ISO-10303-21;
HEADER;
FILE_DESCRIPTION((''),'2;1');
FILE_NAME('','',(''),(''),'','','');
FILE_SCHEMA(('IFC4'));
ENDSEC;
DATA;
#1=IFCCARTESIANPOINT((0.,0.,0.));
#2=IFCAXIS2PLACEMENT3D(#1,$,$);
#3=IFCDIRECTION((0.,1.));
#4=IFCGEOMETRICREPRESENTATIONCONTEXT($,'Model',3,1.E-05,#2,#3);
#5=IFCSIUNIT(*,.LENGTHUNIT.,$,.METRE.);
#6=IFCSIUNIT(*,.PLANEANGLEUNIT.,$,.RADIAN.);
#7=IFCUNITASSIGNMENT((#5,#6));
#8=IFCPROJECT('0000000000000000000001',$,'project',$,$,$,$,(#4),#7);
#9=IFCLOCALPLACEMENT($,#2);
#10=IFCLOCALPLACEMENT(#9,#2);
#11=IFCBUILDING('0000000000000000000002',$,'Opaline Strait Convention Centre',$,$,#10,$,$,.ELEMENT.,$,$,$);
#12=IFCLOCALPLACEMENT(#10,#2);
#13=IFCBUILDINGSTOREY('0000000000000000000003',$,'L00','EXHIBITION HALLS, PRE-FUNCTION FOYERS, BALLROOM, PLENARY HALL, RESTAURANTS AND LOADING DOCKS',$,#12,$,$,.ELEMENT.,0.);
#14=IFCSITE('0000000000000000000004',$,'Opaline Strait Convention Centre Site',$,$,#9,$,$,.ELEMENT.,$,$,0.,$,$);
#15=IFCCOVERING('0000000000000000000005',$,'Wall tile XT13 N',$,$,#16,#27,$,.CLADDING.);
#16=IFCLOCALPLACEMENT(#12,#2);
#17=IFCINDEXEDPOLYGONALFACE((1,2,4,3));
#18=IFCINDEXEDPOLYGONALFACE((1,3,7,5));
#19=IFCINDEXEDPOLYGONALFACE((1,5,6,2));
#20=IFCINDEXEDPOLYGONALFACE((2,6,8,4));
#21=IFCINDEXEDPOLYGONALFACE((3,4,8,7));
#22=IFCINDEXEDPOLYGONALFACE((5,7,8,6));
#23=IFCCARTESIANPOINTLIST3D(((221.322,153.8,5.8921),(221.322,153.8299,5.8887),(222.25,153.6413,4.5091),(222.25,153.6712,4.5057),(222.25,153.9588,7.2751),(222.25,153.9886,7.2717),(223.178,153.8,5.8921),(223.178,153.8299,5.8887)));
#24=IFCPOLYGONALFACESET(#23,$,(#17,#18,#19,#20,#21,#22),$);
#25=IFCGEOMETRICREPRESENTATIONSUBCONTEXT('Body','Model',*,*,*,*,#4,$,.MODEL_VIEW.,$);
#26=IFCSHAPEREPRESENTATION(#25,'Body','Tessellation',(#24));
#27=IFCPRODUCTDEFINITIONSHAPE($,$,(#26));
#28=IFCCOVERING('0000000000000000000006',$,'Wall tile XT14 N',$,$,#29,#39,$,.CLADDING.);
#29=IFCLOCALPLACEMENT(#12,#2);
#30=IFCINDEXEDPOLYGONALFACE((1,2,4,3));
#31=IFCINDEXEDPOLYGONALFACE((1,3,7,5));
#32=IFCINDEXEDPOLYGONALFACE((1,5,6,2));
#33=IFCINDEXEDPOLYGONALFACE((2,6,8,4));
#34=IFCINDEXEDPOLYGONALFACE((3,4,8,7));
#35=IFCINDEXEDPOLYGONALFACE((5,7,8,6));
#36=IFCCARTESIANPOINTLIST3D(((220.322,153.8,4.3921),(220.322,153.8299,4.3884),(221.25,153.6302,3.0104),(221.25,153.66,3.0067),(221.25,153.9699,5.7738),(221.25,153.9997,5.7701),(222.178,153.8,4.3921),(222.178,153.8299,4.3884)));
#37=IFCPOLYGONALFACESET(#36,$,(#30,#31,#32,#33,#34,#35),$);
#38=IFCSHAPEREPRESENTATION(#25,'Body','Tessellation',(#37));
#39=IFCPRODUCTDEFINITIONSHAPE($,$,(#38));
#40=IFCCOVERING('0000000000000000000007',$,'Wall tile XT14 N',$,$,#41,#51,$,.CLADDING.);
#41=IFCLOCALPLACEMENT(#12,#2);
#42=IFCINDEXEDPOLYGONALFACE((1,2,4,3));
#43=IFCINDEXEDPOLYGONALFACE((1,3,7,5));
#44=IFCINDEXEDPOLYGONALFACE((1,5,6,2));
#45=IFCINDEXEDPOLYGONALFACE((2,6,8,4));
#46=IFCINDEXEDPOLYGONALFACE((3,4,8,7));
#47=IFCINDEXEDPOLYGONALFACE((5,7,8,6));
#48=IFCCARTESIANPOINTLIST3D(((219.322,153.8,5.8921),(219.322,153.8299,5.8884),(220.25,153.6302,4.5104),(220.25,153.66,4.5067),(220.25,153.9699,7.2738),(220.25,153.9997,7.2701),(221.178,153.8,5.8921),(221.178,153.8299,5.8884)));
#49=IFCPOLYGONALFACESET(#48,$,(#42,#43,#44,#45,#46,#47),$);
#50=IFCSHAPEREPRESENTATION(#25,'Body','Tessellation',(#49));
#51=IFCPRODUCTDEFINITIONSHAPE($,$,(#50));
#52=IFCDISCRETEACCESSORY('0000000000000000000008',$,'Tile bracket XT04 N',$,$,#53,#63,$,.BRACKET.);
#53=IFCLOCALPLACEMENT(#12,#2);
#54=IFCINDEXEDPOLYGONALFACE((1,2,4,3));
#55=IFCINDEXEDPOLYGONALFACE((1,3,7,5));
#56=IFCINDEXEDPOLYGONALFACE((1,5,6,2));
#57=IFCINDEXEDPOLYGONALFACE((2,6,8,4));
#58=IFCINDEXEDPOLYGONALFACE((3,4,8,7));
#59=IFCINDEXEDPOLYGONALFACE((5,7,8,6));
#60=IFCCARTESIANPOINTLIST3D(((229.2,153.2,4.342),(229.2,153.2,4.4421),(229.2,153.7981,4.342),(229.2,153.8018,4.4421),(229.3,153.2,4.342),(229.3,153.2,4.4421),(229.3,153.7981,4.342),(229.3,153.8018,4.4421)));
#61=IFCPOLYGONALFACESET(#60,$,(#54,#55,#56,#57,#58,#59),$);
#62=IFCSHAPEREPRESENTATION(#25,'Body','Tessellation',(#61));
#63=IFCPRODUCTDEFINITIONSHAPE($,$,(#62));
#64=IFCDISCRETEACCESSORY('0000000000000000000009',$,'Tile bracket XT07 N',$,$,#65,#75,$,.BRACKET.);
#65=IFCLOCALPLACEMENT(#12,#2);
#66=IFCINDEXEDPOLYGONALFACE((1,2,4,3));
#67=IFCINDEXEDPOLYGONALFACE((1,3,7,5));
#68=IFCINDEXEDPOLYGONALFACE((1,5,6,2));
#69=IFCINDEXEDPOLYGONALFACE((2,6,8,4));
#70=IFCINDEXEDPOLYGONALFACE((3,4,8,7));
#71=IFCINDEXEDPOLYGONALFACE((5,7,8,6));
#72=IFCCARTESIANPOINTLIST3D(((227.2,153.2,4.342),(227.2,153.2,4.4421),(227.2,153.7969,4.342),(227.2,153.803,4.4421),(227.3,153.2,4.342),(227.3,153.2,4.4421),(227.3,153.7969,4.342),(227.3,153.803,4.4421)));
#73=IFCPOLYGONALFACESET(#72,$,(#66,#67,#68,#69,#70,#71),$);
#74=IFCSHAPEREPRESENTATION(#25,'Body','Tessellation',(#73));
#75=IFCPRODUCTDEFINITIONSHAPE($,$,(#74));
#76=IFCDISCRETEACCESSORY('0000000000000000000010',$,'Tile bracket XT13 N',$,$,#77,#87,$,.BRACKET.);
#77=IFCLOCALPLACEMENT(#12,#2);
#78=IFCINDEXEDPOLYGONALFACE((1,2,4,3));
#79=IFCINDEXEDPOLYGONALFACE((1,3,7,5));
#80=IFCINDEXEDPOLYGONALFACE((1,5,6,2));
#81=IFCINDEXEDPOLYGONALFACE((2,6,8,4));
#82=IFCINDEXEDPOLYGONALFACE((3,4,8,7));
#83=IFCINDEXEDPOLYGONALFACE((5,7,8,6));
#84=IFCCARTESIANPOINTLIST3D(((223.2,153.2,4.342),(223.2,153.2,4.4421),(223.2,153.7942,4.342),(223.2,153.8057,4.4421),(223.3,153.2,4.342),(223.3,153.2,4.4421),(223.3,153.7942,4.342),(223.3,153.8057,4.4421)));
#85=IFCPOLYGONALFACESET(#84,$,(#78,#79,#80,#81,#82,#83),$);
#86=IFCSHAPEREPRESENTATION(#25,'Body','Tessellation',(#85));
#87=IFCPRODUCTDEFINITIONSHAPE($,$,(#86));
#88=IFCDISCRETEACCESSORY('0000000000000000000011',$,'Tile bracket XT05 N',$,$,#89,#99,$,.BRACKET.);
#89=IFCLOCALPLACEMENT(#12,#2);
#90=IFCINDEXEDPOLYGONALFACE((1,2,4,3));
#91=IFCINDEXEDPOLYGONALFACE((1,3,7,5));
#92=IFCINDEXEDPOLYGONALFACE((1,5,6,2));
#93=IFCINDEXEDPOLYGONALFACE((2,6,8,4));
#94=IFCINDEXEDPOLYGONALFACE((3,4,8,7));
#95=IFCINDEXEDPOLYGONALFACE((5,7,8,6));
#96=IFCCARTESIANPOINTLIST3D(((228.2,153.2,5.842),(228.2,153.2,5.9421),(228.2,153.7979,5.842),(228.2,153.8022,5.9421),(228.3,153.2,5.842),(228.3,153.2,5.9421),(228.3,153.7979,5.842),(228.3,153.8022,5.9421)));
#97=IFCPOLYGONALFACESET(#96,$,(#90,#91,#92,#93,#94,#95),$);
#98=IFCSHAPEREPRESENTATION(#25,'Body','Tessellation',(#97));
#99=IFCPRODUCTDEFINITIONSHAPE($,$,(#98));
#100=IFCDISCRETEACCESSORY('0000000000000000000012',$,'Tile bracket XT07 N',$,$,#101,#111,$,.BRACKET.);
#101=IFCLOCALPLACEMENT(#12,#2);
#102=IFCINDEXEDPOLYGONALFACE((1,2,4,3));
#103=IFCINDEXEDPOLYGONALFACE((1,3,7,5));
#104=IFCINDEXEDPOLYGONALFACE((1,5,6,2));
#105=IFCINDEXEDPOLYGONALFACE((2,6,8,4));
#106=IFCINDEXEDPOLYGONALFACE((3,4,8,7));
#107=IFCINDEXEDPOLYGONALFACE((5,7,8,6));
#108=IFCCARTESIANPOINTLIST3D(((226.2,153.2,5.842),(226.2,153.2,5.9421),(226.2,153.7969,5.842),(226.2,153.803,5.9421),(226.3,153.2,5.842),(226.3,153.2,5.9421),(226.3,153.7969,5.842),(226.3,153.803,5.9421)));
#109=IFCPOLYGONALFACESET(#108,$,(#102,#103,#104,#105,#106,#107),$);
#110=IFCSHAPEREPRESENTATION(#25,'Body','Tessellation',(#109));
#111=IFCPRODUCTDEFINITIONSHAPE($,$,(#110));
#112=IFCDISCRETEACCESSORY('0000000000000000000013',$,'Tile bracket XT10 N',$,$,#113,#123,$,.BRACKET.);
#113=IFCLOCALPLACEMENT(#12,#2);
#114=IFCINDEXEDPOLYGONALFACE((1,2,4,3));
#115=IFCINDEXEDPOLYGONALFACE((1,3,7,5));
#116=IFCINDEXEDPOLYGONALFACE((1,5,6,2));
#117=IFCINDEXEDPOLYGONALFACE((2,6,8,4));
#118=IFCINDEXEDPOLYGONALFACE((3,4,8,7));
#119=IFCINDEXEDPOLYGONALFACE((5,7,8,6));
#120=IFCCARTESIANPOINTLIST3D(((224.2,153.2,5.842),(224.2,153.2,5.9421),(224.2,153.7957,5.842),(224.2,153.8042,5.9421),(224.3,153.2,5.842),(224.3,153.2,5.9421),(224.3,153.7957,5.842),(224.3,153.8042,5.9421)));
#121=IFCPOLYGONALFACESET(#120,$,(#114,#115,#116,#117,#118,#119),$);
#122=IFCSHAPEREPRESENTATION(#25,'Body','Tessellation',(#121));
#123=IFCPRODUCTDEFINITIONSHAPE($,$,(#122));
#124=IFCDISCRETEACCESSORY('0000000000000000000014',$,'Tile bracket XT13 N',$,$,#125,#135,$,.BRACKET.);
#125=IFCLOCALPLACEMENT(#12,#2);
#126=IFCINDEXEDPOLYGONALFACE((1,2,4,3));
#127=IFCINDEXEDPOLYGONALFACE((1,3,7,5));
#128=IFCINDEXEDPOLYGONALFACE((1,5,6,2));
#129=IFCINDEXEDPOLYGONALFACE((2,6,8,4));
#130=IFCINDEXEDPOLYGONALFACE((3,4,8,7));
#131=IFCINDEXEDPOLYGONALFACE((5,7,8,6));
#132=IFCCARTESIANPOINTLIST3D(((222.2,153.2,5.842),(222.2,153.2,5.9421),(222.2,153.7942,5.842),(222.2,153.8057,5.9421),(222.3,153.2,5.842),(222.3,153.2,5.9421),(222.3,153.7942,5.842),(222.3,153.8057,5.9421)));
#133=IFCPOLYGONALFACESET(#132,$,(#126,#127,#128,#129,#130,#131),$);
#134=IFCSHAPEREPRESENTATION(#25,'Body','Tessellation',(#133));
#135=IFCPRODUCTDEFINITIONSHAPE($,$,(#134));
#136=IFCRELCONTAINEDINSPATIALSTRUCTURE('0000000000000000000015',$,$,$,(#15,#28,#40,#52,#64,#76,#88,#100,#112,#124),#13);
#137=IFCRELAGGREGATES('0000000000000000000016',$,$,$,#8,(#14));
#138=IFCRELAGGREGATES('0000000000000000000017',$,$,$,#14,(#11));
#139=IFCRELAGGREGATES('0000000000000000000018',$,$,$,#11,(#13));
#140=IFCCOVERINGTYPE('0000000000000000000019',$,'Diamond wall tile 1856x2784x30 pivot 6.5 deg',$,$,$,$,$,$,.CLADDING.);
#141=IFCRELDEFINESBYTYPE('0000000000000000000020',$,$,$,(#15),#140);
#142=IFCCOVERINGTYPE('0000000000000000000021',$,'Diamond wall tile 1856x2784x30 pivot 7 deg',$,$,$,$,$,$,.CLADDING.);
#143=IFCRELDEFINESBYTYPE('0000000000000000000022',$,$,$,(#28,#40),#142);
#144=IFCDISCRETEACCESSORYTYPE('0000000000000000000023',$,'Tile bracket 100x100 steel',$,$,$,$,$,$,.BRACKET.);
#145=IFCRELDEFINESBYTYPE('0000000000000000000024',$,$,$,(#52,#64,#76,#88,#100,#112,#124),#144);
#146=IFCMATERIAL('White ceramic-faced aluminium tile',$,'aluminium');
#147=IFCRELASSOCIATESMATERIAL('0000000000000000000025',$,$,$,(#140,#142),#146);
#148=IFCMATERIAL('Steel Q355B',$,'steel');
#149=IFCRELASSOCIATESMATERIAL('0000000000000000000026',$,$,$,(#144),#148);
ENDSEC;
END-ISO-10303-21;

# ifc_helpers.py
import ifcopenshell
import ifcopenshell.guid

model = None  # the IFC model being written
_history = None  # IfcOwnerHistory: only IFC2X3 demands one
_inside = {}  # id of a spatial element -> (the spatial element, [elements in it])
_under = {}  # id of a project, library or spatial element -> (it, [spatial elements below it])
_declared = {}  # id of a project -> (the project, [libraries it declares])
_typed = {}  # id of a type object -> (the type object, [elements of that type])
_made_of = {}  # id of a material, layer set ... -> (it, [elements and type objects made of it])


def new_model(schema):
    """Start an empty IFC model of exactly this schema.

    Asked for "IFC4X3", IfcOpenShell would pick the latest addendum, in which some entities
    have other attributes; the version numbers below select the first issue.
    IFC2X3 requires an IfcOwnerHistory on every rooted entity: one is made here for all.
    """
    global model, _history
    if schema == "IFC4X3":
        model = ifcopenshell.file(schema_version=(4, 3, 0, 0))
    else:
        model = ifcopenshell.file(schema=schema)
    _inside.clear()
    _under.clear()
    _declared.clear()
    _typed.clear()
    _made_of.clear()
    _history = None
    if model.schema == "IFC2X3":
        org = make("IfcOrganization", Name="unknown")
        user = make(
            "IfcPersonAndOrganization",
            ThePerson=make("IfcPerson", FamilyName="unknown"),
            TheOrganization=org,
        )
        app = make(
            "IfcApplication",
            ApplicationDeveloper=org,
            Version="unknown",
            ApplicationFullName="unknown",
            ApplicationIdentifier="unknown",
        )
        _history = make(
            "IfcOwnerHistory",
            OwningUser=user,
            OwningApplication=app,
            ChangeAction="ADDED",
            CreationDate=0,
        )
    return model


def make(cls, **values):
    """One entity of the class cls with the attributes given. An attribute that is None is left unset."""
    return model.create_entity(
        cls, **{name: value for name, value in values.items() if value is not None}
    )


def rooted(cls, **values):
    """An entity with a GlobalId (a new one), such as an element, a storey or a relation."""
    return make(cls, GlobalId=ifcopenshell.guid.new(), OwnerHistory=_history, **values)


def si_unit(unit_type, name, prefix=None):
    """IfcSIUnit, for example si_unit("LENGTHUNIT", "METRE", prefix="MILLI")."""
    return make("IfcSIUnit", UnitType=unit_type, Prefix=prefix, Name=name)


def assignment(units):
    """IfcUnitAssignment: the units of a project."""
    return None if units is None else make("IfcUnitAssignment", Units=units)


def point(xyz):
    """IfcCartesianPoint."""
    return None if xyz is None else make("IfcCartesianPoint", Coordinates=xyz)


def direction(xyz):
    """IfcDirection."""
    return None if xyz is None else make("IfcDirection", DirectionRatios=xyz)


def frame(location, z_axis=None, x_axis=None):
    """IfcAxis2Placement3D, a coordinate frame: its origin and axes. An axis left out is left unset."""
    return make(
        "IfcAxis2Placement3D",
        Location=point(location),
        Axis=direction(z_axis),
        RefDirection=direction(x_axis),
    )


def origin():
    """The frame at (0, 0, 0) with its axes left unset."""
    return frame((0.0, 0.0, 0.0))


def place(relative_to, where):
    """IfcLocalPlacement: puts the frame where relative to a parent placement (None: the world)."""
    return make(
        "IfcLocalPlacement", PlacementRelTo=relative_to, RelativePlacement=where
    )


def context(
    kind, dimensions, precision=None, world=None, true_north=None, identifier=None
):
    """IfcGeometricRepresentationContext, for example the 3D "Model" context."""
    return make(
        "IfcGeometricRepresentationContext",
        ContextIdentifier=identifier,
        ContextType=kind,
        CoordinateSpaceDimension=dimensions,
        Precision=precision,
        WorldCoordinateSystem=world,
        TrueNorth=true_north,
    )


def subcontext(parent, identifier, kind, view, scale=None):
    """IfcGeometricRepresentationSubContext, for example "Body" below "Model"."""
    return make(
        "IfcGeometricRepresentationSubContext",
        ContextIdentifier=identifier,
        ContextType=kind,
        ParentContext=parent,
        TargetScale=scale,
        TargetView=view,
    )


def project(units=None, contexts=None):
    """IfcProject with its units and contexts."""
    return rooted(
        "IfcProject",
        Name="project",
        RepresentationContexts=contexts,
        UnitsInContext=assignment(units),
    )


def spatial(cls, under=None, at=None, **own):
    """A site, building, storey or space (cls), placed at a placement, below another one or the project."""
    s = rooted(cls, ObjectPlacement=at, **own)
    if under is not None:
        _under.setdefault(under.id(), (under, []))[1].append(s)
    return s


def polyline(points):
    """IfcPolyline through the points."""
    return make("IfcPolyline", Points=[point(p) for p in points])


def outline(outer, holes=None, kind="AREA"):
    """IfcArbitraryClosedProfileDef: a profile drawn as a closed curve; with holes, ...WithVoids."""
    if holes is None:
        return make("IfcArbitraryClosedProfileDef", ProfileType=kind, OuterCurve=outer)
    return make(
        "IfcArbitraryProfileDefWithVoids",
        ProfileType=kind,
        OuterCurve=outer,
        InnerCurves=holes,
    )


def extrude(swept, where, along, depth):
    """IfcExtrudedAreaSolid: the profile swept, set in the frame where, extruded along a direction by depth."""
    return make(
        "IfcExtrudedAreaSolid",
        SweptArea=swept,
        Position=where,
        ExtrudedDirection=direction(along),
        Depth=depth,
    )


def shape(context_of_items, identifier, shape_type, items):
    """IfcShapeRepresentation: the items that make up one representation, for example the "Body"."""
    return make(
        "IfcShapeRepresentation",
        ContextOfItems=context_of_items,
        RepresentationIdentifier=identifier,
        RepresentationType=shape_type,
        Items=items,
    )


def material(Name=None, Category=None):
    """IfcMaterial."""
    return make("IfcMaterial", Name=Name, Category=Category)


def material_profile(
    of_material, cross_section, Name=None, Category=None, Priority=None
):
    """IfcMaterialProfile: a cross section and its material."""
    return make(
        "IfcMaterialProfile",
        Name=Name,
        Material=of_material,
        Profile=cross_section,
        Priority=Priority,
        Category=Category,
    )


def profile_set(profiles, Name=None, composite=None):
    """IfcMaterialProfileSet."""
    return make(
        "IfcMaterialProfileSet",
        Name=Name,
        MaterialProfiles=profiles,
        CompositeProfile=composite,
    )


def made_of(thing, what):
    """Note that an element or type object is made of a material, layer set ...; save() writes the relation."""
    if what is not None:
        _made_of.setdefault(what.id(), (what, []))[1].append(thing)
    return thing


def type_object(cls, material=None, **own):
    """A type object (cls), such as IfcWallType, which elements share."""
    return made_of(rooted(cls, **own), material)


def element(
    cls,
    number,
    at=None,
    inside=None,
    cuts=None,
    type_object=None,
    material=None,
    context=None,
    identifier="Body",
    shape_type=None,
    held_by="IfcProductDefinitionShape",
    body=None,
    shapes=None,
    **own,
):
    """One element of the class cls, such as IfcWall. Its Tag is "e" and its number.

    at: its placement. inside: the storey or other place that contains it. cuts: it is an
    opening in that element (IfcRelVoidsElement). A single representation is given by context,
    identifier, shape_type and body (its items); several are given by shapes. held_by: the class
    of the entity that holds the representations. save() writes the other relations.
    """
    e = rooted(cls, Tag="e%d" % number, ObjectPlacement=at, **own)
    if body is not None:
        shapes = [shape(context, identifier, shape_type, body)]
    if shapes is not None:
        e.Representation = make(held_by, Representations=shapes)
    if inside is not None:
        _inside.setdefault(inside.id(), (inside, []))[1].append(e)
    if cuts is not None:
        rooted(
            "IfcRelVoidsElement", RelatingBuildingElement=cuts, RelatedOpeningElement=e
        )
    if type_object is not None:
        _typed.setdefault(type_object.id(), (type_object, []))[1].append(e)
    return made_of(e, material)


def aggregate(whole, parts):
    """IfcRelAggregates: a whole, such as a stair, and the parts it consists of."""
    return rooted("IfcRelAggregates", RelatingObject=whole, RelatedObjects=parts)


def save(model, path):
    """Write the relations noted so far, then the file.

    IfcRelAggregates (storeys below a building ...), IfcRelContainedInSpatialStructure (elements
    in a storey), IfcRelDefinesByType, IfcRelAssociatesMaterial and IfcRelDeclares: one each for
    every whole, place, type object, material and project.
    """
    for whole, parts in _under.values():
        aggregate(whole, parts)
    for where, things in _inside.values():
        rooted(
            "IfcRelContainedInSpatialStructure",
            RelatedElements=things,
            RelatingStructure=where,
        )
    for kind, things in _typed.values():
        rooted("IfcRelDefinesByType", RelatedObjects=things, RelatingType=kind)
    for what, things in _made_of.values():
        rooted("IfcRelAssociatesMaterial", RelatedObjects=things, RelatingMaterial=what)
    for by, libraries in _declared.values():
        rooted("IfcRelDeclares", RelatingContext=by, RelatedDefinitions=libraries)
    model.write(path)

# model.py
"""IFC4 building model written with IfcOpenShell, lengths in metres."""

from ifc_helpers import new_model, si_unit, direction, frame, origin, place, context, subcontext, project, spatial, polyline, outline, extrude, material, material_profile, profile_set, type_object, element, save


model = new_model("IFC4")

# Units and contexts
model_context = context("Model", 3, precision=1e-05, world=origin(), true_north=direction((0.0, 1.0)))
body_context = subcontext(model_context, "Body", "Model", "MODEL_VIEW")
ifc_project = project(units=[si_unit("LENGTHUNIT", "METRE"), si_unit("PLANEANGLEUNIT", "RADIAN")], contexts=[model_context])

# Site, building, storey
site_placement = place(None, origin())
site = spatial("IfcSite", under=ifc_project, at=site_placement, Name="Opaline Strait Convention Centre Site", CompositionType="ELEMENT", RefElevation=0.0)
building_placement = place(site_placement, origin())
building = spatial("IfcBuilding", under=site, at=building_placement, Name="Opaline Strait Convention Centre", CompositionType="ELEMENT")
storey_placement = place(building_placement, origin())
storey = spatial("IfcBuildingStorey", under=building, at=storey_placement, Name="L00", Description="EXHIBITION HALLS, PRE-FUNCTION FOYERS, BALLROOM, PLENARY HALL, RESTAURANTS AND LOADING DOCKS", CompositionType="ELEMENT", Elevation=0.0)

# Coverings
ifc_material_1 = material(Name="White ceramic-faced aluminium tile", Category="aluminium")
ifc_material_profile_1 = material_profile(ifc_material_1, outline(polyline([(0.928, 0.0), (0.0, 1.3921), (-0.928, 0.0), (0.0, -1.3921), (0.928, 0.0)])), Name="Diamond tile 1856x2784")
ifc_profile_set_1 = profile_set([ifc_material_profile_1], Name="White ceramic-faced aluminium tile")
covering_type_1 = type_object("IfcCoveringType", Name="Diamond wall tile 1856x2784x30 pivot 6.5 deg", PredefinedType="CLADDING", material=ifc_profile_set_1)
for number, where, z_axis, x_axis, name in (
    (1, (222.25, 153.8, 5.8921), (0.0, 0.99348, -0.114006), (-1.0, 0.0, 0.0), "Wall tile XT13 N"),
):
    element("IfcCovering", number, at=place(storey_placement, frame(where, z_axis=z_axis, x_axis=x_axis)), inside=storey, type_object=covering_type_1, Name=name, PredefinedType="CLADDING", context=body_context, shape_type="SweptSolid", body=[
        extrude(outline(polyline([(0.928, 0.0), (0.0, 1.3921), (-0.928, 0.0), (0.0, -1.3921), (0.928, 0.0)])), origin(), (0.0, 0.0, 1.0), 0.03),
    ])
ifc_material_profile_2 = material_profile(ifc_material_1, outline(polyline([(0.928, 0.0), (0.0, 1.3921), (-0.928, 0.0), (0.0, -1.3921), (0.928, 0.0)])), Name="Diamond tile 1856x2784")
ifc_profile_set_2 = profile_set([ifc_material_profile_2], Name="White ceramic-faced aluminium tile")
covering_type_2 = type_object("IfcCoveringType", Name="Diamond wall tile 1856x2784x30 pivot 7 deg", PredefinedType="CLADDING", material=ifc_profile_set_2)
for number, where, z_axis, x_axis, name in (
    (2, (221.25, 153.8, 4.3921), (0.0, 0.992526, -0.122032), (-1.0, 0.0, 0.0), "Wall tile XT14 N"),
    (3, (220.25, 153.8, 5.8921), (0.0, 0.992526, -0.122032), (-1.0, 0.0, 0.0), "Wall tile XT14 N"),
):
    element("IfcCovering", number, at=place(storey_placement, frame(where, z_axis=z_axis, x_axis=x_axis)), inside=storey, type_object=covering_type_2, Name=name, PredefinedType="CLADDING", context=body_context, shape_type="SweptSolid", body=[
        extrude(outline(polyline([(0.928, 0.0), (0.0, 1.3921), (-0.928, 0.0), (0.0, -1.3921), (0.928, 0.0)])), origin(), (0.0, 0.0, 1.0), 0.03),
    ])

# Discrete accessories
ifc_material_2 = material(Name="Steel Q355B", Category="steel")
discrete_accessory_type = type_object("IfcDiscreteAccessoryType", Name="Tile bracket 100x100 steel", PredefinedType="BRACKET", material=ifc_material_2)
discrete_accessory_1_placement = place(storey_placement, frame((229.3, 153.2, 4.3921), z_axis=(-1.0, 0.0, 0.0), x_axis=(0.0, -1.0, 0.0)))
element("IfcDiscreteAccessory", 4, at=discrete_accessory_1_placement, inside=storey, type_object=discrete_accessory_type, Name="Tile bracket XT04 N", PredefinedType="BRACKET", context=body_context, shape_type="SweptSolid", body=[
    extrude(outline(polyline([(0.0, -0.05), (0.0, 0.05), (-0.6018, 0.05), (-0.5981, -0.05), (0.0, -0.05)])), origin(), (0.0, 0.0, 1.0), 0.1001),
])
discrete_accessory_2_placement = place(storey_placement, frame((227.3, 153.2, 4.3921), z_axis=(-1.0, 0.0, 0.0), x_axis=(0.0, -1.0, 0.0)))
element("IfcDiscreteAccessory", 5, at=discrete_accessory_2_placement, inside=storey, type_object=discrete_accessory_type, Name="Tile bracket XT07 N", PredefinedType="BRACKET", context=body_context, shape_type="SweptSolid", body=[
    extrude(outline(polyline([(0.0, -0.05), (0.0, 0.05), (-0.603, 0.05), (-0.5969, -0.05), (0.0, -0.05)])), origin(), (0.0, 0.0, 1.0), 0.1001),
])
discrete_accessory_3_placement = place(storey_placement, frame((223.3, 153.2, 4.3921), z_axis=(-1.0, 0.0, 0.0), x_axis=(0.0, -1.0, 0.0)))
element("IfcDiscreteAccessory", 6, at=discrete_accessory_3_placement, inside=storey, type_object=discrete_accessory_type, Name="Tile bracket XT13 N", PredefinedType="BRACKET", context=body_context, shape_type="SweptSolid", body=[
    extrude(outline(polyline([(0.0, -0.05), (0.0, 0.05), (-0.6057, 0.05), (-0.5942, -0.05), (0.0, -0.05)])), origin(), (0.0, 0.0, 1.0), 0.1001),
])
discrete_accessory_4_placement = place(storey_placement, frame((228.3, 153.2, 5.8921), z_axis=(-1.0, 0.0, 0.0), x_axis=(0.0, -1.0, 0.0)))
element("IfcDiscreteAccessory", 7, at=discrete_accessory_4_placement, inside=storey, type_object=discrete_accessory_type, Name="Tile bracket XT05 N", PredefinedType="BRACKET", context=body_context, shape_type="SweptSolid", body=[
    extrude(outline(polyline([(0.0, -0.05), (0.0, 0.05), (-0.6023, 0.05), (-0.5979, -0.05), (0.0, -0.05)])), origin(), (0.0, 0.0, 1.0), 0.1001),
])
discrete_accessory_5_placement = place(storey_placement, frame((226.3, 153.2, 5.8921), z_axis=(-1.0, 0.0, 0.0), x_axis=(0.0, -1.0, 0.0)))
element("IfcDiscreteAccessory", 8, at=discrete_accessory_5_placement, inside=storey, type_object=discrete_accessory_type, Name="Tile bracket XT07 N", PredefinedType="BRACKET", context=body_context, shape_type="SweptSolid", body=[
    extrude(outline(polyline([(0.0, -0.05), (0.0, 0.05), (-0.603, 0.05), (-0.5969, -0.05), (0.0, -0.05)])), origin(), (0.0, 0.0, 1.0), 0.1001),
])
discrete_accessory_6_placement = place(storey_placement, frame((224.3, 153.2, 5.8921), z_axis=(-1.0, 0.0, 0.0), x_axis=(0.0, -1.0, 0.0)))
element("IfcDiscreteAccessory", 9, at=discrete_accessory_6_placement, inside=storey, type_object=discrete_accessory_type, Name="Tile bracket XT10 N", PredefinedType="BRACKET", context=body_context, shape_type="SweptSolid", body=[
    extrude(outline(polyline([(0.0, -0.05), (0.0, 0.05), (-0.6042, 0.05), (-0.5957, -0.05), (0.0, -0.05)])), origin(), (0.0, 0.0, 1.0), 0.1001),
])
discrete_accessory_7_placement = place(storey_placement, frame((222.3, 153.2, 5.8921), z_axis=(-1.0, 0.0, 0.0), x_axis=(0.0, -1.0, 0.0)))
element("IfcDiscreteAccessory", 10, at=discrete_accessory_7_placement, inside=storey, type_object=discrete_accessory_type, Name="Tile bracket XT13 N", PredefinedType="BRACKET", context=body_context, shape_type="SweptSolid", body=[
    extrude(outline(polyline([(0.0, -0.05), (0.0, 0.05), (-0.6057, 0.05), (-0.5942, -0.05), (0.0, -0.05)])), origin(), (0.0, 0.0, 1.0), 0.1001),
])

save(model, "model.ifc")
